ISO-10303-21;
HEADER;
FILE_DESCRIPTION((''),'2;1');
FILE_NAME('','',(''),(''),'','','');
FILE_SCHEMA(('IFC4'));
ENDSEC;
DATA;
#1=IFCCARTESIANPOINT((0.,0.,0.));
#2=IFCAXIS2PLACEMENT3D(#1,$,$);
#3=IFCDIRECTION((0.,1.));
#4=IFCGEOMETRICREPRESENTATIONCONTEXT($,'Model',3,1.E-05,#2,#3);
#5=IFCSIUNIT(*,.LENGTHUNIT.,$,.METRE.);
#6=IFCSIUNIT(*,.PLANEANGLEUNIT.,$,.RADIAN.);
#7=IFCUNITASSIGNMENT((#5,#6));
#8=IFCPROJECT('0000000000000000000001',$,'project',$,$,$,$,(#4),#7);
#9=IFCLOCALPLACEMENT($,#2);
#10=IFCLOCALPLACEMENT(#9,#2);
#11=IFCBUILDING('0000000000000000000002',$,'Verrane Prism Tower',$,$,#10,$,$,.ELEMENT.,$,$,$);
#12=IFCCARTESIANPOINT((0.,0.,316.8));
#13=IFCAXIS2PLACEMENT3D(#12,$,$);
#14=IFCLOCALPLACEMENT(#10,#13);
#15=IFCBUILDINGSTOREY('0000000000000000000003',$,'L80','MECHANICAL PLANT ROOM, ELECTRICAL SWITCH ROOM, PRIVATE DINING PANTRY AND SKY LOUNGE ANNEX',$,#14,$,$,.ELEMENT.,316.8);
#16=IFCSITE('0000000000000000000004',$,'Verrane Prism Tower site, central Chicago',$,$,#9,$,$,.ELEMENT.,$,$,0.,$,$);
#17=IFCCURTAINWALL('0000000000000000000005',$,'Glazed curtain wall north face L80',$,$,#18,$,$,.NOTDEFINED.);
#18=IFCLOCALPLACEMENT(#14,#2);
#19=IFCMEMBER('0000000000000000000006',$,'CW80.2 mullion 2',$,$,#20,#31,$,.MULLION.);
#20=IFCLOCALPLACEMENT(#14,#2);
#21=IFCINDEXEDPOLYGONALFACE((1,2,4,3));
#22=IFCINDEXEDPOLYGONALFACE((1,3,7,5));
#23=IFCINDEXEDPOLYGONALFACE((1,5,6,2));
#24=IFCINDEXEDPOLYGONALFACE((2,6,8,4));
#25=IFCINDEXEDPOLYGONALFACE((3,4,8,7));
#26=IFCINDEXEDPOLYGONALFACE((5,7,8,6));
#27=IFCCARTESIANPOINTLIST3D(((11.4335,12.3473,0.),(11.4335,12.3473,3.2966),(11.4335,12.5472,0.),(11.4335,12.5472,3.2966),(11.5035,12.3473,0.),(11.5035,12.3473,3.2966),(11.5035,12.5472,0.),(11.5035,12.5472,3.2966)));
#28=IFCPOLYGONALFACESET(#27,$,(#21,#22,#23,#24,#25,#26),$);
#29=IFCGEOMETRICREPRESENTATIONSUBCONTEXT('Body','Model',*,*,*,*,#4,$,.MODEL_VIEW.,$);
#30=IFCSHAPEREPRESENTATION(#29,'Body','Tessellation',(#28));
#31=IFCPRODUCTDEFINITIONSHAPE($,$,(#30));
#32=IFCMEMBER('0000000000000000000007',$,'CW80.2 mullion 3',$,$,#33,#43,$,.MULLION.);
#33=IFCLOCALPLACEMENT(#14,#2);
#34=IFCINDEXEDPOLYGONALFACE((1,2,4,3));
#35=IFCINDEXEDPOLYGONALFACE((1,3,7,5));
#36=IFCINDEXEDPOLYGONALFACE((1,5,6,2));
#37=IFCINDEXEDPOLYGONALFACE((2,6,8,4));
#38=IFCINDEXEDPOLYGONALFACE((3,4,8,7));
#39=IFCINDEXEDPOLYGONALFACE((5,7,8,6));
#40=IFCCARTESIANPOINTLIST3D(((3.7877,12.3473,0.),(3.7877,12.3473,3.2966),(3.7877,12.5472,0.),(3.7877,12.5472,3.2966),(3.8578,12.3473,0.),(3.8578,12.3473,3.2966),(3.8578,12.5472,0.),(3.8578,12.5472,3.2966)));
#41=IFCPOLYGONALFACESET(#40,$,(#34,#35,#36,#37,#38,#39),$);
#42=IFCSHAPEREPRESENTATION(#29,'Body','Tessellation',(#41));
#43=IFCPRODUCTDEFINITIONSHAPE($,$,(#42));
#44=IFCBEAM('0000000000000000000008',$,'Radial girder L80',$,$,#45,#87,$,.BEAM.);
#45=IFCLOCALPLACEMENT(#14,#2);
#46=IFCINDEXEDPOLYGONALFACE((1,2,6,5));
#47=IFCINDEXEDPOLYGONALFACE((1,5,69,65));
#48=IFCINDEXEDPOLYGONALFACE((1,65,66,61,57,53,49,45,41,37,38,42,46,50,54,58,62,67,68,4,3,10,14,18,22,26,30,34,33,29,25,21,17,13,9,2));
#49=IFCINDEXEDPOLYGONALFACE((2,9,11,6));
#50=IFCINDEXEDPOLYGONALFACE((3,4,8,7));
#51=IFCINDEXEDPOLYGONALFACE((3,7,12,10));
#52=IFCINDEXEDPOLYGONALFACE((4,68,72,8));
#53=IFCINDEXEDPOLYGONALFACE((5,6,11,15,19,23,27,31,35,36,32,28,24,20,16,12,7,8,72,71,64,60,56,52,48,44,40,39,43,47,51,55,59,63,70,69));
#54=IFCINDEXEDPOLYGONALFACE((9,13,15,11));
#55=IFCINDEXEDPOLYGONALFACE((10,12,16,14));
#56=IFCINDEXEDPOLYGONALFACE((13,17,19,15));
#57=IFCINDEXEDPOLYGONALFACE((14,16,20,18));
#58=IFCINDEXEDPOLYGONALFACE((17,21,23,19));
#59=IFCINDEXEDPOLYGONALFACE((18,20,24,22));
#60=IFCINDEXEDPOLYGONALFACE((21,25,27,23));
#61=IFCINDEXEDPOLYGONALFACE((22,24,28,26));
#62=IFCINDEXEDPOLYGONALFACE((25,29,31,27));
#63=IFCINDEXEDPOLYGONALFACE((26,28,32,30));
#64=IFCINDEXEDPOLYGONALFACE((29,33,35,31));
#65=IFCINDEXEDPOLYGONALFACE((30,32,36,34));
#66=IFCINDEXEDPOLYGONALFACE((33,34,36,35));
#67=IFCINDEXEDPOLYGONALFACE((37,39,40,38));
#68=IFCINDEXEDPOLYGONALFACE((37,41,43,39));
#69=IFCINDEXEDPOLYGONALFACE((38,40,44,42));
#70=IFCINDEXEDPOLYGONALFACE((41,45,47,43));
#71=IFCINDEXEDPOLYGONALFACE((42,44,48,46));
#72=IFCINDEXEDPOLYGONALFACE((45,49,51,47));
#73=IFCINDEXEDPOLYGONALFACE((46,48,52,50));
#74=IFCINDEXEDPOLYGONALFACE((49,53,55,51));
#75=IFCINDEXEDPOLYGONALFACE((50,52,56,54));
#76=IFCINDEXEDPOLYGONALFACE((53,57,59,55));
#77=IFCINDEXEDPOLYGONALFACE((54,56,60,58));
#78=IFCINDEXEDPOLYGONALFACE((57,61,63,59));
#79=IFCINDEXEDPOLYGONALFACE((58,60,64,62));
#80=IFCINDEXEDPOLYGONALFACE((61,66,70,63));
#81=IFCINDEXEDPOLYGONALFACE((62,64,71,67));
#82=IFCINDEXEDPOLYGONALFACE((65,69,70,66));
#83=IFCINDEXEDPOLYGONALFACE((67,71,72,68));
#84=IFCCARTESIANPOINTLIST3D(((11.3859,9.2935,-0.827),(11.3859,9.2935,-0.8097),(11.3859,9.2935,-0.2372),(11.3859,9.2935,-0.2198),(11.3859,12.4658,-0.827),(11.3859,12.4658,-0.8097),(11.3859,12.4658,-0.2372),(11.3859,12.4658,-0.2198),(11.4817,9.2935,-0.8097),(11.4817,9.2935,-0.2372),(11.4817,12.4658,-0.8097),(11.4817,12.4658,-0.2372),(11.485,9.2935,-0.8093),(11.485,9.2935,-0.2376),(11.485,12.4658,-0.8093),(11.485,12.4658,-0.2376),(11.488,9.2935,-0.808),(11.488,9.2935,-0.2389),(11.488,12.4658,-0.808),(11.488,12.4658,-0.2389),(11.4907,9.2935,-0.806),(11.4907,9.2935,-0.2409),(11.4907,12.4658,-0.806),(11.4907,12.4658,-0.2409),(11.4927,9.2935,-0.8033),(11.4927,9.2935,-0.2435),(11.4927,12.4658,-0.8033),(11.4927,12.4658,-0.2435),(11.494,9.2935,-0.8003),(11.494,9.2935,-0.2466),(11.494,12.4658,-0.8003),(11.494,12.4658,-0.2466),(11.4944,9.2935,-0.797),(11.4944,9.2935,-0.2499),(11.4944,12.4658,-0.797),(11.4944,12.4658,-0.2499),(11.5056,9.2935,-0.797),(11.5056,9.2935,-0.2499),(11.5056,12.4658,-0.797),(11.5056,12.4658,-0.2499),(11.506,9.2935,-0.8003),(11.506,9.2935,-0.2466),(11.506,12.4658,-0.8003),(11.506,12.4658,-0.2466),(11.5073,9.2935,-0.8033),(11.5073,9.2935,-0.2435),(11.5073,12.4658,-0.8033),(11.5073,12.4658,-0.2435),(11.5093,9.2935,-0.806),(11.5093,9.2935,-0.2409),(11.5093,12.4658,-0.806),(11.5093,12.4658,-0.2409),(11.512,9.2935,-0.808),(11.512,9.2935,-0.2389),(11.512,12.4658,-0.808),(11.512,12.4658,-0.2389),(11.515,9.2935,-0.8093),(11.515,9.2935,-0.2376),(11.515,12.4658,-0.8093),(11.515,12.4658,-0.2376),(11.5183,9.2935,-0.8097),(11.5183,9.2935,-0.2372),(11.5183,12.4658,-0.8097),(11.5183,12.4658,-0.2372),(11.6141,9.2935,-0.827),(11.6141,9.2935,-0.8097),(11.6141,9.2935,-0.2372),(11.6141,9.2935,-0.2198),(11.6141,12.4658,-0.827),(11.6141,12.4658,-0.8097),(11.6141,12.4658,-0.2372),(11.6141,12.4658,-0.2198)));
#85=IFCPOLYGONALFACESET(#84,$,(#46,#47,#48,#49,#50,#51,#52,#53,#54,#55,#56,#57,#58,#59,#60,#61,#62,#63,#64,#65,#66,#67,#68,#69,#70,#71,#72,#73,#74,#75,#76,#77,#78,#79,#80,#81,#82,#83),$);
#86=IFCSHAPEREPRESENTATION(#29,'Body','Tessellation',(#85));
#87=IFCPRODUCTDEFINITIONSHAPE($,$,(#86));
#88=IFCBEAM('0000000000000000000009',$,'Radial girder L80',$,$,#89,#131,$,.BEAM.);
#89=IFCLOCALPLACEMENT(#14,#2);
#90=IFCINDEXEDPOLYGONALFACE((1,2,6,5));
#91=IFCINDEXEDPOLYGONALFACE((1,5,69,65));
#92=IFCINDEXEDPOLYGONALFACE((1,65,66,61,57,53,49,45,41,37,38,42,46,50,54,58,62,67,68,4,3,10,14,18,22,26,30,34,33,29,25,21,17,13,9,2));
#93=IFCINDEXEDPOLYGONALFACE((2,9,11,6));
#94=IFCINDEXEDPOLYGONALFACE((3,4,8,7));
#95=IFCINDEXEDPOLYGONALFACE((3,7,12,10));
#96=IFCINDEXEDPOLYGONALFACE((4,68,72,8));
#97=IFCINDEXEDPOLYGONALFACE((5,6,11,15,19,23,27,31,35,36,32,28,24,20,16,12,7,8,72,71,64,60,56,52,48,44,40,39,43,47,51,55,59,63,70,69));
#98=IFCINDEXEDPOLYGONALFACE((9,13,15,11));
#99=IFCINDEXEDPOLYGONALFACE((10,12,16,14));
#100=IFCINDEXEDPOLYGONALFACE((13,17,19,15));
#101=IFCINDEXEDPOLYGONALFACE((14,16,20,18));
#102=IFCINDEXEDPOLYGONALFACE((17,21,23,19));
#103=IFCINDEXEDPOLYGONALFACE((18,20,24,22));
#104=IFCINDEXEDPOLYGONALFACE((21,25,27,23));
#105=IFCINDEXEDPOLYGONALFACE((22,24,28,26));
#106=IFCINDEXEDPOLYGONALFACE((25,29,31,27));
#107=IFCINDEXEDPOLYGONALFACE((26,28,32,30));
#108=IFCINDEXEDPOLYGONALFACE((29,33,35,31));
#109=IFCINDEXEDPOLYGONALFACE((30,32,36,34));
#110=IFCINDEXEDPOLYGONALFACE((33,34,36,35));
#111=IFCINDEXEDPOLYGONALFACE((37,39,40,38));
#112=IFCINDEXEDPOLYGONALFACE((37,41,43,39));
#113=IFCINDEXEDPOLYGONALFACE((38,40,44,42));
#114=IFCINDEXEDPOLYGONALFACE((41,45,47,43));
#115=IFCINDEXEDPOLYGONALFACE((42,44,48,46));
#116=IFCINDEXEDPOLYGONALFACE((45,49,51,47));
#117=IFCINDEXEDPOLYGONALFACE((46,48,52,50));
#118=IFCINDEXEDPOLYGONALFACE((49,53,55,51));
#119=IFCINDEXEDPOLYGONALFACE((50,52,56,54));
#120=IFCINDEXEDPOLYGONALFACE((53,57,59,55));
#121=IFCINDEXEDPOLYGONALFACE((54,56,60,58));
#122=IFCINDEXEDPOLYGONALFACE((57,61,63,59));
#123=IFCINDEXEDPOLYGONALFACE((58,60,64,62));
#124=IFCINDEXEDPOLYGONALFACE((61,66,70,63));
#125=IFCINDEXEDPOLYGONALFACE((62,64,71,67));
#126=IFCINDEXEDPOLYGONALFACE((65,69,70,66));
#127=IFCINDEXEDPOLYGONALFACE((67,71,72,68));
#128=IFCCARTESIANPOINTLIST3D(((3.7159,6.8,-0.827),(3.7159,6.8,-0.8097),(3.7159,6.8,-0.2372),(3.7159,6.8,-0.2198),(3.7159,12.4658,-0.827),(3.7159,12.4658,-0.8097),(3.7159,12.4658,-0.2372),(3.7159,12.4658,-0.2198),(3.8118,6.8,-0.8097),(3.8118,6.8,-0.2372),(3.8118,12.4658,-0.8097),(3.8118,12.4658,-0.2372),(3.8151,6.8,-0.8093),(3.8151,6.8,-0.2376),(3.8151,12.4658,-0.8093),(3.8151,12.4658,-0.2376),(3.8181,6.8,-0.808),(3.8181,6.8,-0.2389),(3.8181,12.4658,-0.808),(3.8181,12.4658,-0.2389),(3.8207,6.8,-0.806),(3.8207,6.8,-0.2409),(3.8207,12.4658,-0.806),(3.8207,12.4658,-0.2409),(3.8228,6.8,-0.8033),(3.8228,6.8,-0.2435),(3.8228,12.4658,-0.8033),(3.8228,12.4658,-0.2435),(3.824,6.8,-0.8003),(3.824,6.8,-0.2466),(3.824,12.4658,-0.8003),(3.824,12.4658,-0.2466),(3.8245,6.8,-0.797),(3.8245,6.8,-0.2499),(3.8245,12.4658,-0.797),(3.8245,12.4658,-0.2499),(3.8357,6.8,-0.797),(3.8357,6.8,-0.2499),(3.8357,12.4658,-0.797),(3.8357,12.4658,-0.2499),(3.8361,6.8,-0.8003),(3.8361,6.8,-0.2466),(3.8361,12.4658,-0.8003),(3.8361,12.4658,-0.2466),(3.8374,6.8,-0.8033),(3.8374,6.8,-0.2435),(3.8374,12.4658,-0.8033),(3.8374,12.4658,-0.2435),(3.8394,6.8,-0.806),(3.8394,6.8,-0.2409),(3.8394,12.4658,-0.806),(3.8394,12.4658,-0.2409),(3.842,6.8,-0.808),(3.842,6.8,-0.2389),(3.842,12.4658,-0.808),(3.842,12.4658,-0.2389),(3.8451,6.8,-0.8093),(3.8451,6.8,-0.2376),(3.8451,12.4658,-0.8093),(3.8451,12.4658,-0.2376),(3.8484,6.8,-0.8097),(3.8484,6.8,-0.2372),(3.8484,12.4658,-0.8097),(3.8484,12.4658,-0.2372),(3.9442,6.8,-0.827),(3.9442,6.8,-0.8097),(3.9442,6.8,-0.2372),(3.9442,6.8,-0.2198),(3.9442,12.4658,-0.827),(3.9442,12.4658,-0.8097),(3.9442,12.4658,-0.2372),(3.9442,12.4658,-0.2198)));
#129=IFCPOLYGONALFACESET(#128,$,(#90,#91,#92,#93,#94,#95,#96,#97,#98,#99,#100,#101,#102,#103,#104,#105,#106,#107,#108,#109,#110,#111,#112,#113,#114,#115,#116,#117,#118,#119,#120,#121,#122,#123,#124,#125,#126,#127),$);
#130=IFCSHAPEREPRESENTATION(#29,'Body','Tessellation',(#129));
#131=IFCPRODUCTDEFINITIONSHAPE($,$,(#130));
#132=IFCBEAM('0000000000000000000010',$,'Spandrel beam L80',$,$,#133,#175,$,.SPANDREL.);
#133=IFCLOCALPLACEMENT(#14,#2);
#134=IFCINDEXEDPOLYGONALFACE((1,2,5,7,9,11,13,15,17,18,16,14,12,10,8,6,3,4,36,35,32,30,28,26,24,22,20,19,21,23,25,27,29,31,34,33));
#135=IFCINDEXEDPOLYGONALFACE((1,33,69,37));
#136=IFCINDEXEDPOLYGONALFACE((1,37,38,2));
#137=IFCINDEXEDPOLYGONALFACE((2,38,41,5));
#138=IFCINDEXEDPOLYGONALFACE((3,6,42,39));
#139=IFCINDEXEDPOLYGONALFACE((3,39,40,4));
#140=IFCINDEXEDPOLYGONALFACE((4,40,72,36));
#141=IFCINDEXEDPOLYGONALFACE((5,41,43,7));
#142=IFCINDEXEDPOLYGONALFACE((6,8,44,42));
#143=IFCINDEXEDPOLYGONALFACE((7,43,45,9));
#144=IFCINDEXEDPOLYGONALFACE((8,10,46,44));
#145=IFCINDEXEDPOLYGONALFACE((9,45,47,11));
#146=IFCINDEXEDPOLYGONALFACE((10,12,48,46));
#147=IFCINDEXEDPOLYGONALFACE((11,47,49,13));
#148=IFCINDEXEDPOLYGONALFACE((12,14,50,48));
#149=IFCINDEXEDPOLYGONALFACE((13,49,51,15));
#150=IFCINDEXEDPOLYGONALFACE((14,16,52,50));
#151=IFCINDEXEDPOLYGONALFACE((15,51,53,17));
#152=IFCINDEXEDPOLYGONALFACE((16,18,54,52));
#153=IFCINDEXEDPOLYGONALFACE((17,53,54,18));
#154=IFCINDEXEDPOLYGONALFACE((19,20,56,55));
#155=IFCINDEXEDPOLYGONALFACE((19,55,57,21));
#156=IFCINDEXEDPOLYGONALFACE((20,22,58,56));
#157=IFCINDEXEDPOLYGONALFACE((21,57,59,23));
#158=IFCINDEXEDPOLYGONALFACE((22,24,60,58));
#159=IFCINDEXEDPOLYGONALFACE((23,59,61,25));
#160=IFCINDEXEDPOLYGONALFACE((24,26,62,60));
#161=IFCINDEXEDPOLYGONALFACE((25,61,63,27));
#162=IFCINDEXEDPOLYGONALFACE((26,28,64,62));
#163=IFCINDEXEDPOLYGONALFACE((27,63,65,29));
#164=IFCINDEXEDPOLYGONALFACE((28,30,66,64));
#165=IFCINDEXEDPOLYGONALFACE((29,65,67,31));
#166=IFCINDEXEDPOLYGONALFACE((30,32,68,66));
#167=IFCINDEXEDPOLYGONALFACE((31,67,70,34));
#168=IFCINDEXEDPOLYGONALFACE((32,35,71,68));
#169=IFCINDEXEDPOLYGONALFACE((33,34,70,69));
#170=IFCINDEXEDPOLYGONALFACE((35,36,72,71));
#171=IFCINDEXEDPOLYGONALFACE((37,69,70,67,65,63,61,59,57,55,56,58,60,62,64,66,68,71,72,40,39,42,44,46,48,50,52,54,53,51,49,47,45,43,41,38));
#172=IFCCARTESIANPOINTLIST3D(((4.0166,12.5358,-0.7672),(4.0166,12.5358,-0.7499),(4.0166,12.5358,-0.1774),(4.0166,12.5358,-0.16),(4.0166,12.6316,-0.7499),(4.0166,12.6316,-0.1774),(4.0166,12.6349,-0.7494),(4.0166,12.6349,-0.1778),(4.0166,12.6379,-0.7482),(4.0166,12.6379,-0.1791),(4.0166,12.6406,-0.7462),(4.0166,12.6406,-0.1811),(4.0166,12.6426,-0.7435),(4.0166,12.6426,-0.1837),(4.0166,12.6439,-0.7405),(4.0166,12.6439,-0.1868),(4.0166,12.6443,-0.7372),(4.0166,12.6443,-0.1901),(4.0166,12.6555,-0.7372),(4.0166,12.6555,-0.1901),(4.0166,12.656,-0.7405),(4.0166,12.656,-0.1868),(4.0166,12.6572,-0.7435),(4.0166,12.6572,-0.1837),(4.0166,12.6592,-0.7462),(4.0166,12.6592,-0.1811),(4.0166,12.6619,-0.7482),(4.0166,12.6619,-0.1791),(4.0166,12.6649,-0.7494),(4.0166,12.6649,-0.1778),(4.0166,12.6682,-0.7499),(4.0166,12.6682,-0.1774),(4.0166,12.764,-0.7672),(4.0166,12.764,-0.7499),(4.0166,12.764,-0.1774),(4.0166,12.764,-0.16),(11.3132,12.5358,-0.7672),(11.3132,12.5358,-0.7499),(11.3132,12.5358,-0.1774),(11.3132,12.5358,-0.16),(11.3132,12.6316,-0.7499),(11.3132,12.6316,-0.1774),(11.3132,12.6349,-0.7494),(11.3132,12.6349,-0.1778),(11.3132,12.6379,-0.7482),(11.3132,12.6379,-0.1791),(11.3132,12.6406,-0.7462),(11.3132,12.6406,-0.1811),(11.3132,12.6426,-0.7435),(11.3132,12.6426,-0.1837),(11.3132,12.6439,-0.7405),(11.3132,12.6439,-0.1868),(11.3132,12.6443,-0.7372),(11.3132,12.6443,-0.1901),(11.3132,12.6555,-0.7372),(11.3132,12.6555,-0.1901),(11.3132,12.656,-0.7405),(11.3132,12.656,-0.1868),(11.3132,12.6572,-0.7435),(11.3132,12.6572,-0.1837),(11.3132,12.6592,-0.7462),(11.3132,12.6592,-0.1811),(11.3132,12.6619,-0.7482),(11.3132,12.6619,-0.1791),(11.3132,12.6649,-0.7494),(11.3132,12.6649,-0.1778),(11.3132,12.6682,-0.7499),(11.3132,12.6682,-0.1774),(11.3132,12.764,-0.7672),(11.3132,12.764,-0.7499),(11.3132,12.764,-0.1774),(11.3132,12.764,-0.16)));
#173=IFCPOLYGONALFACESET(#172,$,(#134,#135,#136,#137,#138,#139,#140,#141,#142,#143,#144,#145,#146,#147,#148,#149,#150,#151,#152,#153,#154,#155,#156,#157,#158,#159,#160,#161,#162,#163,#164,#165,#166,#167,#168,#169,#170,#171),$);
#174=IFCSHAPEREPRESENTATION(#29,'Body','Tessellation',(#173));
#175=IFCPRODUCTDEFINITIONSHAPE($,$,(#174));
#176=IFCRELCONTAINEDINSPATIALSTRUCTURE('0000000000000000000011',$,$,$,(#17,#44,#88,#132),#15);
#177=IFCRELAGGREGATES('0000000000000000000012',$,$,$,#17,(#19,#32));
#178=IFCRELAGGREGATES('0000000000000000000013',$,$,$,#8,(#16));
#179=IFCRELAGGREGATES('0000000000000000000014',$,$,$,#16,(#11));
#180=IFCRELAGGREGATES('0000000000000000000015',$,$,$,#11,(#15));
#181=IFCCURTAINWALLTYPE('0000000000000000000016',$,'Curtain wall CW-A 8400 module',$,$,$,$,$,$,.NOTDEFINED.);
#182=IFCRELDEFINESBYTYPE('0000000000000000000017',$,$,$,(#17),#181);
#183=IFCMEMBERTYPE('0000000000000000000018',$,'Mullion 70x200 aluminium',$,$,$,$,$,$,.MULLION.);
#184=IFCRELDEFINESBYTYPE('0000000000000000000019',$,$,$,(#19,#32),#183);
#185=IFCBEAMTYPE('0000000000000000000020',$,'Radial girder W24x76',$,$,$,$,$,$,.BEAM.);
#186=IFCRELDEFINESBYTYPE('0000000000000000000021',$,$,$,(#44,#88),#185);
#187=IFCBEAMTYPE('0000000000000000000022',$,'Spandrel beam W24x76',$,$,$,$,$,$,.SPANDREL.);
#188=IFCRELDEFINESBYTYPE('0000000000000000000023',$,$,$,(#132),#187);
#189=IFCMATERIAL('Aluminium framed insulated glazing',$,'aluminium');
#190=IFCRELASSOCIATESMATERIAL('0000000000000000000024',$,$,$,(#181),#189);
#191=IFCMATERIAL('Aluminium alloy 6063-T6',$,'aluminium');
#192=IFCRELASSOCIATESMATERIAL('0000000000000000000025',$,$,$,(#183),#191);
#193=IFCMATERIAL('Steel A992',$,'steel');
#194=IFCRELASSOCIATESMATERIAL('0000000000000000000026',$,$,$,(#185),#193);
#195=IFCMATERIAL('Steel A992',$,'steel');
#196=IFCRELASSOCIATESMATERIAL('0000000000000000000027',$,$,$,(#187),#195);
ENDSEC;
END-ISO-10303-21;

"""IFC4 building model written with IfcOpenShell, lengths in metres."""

from ifc_helpers import new_model, si_unit, direction, frame, origin, origin_2d, place, context, subcontext, project, spatial, rectangle, i_section, extrude, material, material_profile, profile_set, type_object, element, aggregate, save


model = new_model("IFC4")

# Units and contexts
model_context = context("Model", 3, precision=1e-05, world=origin(), true_north=direction((0.0, 1.0)))
body_context = subcontext(model_context, "Body", "Model", "MODEL_VIEW")
ifc_project = project(units=[si_unit("LENGTHUNIT", "METRE"), si_unit("PLANEANGLEUNIT", "RADIAN")], contexts=[model_context])

# Site, building, storey
site_placement = place(None, origin())
site = spatial("IfcSite", under=ifc_project, at=site_placement, Name="Verrane Prism Tower site, central Chicago", CompositionType="ELEMENT", RefElevation=0.0)
building_placement = place(site_placement, origin())
building = spatial("IfcBuilding", under=site, at=building_placement, Name="Verrane Prism Tower", CompositionType="ELEMENT")
storey_placement = place(building_placement, frame((0.0, 0.0, 316.8)))
storey = spatial("IfcBuildingStorey", under=building, at=storey_placement, Name="L80", Description="MECHANICAL PLANT ROOM, ELECTRICAL SWITCH ROOM, PRIVATE DINING PANTRY AND SKY LOUNGE ANNEX", CompositionType="ELEMENT", Elevation=316.8)

# Curtain wall, members
ifc_material_1 = material(Name="Aluminium framed insulated glazing", Category="aluminium")
curtain_wall_type = type_object("IfcCurtainWallType", Name="Curtain wall CW-A 8400 module", PredefinedType="NOTDEFINED", material=ifc_material_1)
curtain_wall_placement = place(storey_placement, origin())
curtain_wall = element("IfcCurtainWall", 1, at=curtain_wall_placement, inside=storey, type_object=curtain_wall_type, Name="Glazed curtain wall north face L80", PredefinedType="NOTDEFINED")
ifc_material_2 = material(Name="Aluminium alloy 6063-T6", Category="aluminium")
ifc_material_profile_1 = material_profile(ifc_material_2, rectangle(XDim=0.2, YDim=0.0701, at=origin_2d()), Name="Mullion 70x200 aluminium")
ifc_profile_set_1 = profile_set([ifc_material_profile_1], Name="Aluminium alloy 6063-T6")
member_type_1 = type_object("IfcMemberType", Name="Mullion 70x200 aluminium", PredefinedType="MULLION", material=ifc_profile_set_1)
member_1_placement = place(storey_placement, frame((11.4685, 12.4473, 0.0), z_axis=(0.0, 0.0, 1.0), x_axis=(0.0, -1.0, 0.0)))
member_1 = element("IfcMember", 2, at=member_1_placement, type_object=member_type_1, Name="CW80.2 mullion 2", PredefinedType="MULLION", context=body_context, shape_type="SweptSolid", body=[
    extrude(rectangle(XDim=0.2, YDim=0.0701, at=origin_2d()), origin(), (0.0, 0.0, 1.0), 3.2966),
])
member_2_placement = place(storey_placement, frame((3.8228, 12.4473, 0.0), z_axis=(0.0, 0.0, 1.0), x_axis=(0.0, -1.0, 0.0)))
member_2 = element("IfcMember", 3, at=member_2_placement, type_object=member_type_1, Name="CW80.2 mullion 3", PredefinedType="MULLION", context=body_context, shape_type="SweptSolid", body=[
    extrude(rectangle(XDim=0.2, YDim=0.0701, at=origin_2d()), origin(), (0.0, 0.0, 1.0), 3.2966),
])

# Beams
ifc_material_3 = material(Name="Steel A992", Category="steel")
ifc_material_profile_2 = material_profile(ifc_material_3, i_section(OverallWidth=0.2283, OverallDepth=0.6072, WebThickness=0.0112, FlangeThickness=0.0173, FilletRadius=0.0127, at=origin_2d()), Name="W24x76")
ifc_profile_set_2 = profile_set([ifc_material_profile_2], Name="Steel A992")
beam_type_1 = type_object("IfcBeamType", Name="Radial girder W24x76", PredefinedType="BEAM", material=ifc_profile_set_2)
beam_1_placement = place(storey_placement, frame((11.5, 12.4658, -0.5234), z_axis=(0.0, -1.0, 0.0), x_axis=(1.0, 0.0, 0.0)))
element("IfcBeam", 4, at=beam_1_placement, inside=storey, type_object=beam_type_1, Name="Radial girder L80", PredefinedType="BEAM", context=body_context, shape_type="SweptSolid", body=[
    extrude(i_section(OverallWidth=0.2283, OverallDepth=0.6072, WebThickness=0.0112, FlangeThickness=0.0173, FilletRadius=0.0127, at=origin_2d()), origin(), (0.0, 0.0, 1.0), 3.1724),
])
beam_2_placement = place(storey_placement, frame((3.8301, 12.4658, -0.5234), z_axis=(0.0, -1.0, 0.0), x_axis=(1.0, 0.0, 0.0)))
element("IfcBeam", 5, at=beam_2_placement, inside=storey, type_object=beam_type_1, Name="Radial girder L80", PredefinedType="BEAM", context=body_context, shape_type="SweptSolid", body=[
    extrude(i_section(OverallWidth=0.2283, OverallDepth=0.6072, WebThickness=0.0112, FlangeThickness=0.0173, FilletRadius=0.0127, at=origin_2d()), origin(), (0.0, 0.0, 1.0), 5.6658),
])
ifc_material_4 = material(Name="Steel A992", Category="steel")
ifc_material_profile_3 = material_profile(ifc_material_4, i_section(OverallWidth=0.2283, OverallDepth=0.6072, WebThickness=0.0112, FlangeThickness=0.0173, FilletRadius=0.0127, at=origin_2d()), Name="W24x76")
ifc_profile_set_3 = profile_set([ifc_material_profile_3], Name="Steel A992")
beam_type_2 = type_object("IfcBeamType", Name="Spandrel beam W24x76", PredefinedType="SPANDREL", material=ifc_profile_set_3)
beam_3_placement = place(storey_placement, frame((11.3132, 12.6499, -0.4636), z_axis=(-1.0, 0.0, 0.0), x_axis=(0.0, -1.0, 0.0)))
element("IfcBeam", 6, at=beam_3_placement, inside=storey, type_object=beam_type_2, Name="Spandrel beam L80", PredefinedType="SPANDREL", context=body_context, shape_type="SweptSolid", body=[
    extrude(i_section(OverallWidth=0.2283, OverallDepth=0.6072, WebThickness=0.0112, FlangeThickness=0.0173, FilletRadius=0.0127, at=origin_2d()), origin(), (0.0, 0.0, 1.0), 7.2966),
])

aggregate(curtain_wall, [member_1, member_2])

save(model, "model.ifc")
